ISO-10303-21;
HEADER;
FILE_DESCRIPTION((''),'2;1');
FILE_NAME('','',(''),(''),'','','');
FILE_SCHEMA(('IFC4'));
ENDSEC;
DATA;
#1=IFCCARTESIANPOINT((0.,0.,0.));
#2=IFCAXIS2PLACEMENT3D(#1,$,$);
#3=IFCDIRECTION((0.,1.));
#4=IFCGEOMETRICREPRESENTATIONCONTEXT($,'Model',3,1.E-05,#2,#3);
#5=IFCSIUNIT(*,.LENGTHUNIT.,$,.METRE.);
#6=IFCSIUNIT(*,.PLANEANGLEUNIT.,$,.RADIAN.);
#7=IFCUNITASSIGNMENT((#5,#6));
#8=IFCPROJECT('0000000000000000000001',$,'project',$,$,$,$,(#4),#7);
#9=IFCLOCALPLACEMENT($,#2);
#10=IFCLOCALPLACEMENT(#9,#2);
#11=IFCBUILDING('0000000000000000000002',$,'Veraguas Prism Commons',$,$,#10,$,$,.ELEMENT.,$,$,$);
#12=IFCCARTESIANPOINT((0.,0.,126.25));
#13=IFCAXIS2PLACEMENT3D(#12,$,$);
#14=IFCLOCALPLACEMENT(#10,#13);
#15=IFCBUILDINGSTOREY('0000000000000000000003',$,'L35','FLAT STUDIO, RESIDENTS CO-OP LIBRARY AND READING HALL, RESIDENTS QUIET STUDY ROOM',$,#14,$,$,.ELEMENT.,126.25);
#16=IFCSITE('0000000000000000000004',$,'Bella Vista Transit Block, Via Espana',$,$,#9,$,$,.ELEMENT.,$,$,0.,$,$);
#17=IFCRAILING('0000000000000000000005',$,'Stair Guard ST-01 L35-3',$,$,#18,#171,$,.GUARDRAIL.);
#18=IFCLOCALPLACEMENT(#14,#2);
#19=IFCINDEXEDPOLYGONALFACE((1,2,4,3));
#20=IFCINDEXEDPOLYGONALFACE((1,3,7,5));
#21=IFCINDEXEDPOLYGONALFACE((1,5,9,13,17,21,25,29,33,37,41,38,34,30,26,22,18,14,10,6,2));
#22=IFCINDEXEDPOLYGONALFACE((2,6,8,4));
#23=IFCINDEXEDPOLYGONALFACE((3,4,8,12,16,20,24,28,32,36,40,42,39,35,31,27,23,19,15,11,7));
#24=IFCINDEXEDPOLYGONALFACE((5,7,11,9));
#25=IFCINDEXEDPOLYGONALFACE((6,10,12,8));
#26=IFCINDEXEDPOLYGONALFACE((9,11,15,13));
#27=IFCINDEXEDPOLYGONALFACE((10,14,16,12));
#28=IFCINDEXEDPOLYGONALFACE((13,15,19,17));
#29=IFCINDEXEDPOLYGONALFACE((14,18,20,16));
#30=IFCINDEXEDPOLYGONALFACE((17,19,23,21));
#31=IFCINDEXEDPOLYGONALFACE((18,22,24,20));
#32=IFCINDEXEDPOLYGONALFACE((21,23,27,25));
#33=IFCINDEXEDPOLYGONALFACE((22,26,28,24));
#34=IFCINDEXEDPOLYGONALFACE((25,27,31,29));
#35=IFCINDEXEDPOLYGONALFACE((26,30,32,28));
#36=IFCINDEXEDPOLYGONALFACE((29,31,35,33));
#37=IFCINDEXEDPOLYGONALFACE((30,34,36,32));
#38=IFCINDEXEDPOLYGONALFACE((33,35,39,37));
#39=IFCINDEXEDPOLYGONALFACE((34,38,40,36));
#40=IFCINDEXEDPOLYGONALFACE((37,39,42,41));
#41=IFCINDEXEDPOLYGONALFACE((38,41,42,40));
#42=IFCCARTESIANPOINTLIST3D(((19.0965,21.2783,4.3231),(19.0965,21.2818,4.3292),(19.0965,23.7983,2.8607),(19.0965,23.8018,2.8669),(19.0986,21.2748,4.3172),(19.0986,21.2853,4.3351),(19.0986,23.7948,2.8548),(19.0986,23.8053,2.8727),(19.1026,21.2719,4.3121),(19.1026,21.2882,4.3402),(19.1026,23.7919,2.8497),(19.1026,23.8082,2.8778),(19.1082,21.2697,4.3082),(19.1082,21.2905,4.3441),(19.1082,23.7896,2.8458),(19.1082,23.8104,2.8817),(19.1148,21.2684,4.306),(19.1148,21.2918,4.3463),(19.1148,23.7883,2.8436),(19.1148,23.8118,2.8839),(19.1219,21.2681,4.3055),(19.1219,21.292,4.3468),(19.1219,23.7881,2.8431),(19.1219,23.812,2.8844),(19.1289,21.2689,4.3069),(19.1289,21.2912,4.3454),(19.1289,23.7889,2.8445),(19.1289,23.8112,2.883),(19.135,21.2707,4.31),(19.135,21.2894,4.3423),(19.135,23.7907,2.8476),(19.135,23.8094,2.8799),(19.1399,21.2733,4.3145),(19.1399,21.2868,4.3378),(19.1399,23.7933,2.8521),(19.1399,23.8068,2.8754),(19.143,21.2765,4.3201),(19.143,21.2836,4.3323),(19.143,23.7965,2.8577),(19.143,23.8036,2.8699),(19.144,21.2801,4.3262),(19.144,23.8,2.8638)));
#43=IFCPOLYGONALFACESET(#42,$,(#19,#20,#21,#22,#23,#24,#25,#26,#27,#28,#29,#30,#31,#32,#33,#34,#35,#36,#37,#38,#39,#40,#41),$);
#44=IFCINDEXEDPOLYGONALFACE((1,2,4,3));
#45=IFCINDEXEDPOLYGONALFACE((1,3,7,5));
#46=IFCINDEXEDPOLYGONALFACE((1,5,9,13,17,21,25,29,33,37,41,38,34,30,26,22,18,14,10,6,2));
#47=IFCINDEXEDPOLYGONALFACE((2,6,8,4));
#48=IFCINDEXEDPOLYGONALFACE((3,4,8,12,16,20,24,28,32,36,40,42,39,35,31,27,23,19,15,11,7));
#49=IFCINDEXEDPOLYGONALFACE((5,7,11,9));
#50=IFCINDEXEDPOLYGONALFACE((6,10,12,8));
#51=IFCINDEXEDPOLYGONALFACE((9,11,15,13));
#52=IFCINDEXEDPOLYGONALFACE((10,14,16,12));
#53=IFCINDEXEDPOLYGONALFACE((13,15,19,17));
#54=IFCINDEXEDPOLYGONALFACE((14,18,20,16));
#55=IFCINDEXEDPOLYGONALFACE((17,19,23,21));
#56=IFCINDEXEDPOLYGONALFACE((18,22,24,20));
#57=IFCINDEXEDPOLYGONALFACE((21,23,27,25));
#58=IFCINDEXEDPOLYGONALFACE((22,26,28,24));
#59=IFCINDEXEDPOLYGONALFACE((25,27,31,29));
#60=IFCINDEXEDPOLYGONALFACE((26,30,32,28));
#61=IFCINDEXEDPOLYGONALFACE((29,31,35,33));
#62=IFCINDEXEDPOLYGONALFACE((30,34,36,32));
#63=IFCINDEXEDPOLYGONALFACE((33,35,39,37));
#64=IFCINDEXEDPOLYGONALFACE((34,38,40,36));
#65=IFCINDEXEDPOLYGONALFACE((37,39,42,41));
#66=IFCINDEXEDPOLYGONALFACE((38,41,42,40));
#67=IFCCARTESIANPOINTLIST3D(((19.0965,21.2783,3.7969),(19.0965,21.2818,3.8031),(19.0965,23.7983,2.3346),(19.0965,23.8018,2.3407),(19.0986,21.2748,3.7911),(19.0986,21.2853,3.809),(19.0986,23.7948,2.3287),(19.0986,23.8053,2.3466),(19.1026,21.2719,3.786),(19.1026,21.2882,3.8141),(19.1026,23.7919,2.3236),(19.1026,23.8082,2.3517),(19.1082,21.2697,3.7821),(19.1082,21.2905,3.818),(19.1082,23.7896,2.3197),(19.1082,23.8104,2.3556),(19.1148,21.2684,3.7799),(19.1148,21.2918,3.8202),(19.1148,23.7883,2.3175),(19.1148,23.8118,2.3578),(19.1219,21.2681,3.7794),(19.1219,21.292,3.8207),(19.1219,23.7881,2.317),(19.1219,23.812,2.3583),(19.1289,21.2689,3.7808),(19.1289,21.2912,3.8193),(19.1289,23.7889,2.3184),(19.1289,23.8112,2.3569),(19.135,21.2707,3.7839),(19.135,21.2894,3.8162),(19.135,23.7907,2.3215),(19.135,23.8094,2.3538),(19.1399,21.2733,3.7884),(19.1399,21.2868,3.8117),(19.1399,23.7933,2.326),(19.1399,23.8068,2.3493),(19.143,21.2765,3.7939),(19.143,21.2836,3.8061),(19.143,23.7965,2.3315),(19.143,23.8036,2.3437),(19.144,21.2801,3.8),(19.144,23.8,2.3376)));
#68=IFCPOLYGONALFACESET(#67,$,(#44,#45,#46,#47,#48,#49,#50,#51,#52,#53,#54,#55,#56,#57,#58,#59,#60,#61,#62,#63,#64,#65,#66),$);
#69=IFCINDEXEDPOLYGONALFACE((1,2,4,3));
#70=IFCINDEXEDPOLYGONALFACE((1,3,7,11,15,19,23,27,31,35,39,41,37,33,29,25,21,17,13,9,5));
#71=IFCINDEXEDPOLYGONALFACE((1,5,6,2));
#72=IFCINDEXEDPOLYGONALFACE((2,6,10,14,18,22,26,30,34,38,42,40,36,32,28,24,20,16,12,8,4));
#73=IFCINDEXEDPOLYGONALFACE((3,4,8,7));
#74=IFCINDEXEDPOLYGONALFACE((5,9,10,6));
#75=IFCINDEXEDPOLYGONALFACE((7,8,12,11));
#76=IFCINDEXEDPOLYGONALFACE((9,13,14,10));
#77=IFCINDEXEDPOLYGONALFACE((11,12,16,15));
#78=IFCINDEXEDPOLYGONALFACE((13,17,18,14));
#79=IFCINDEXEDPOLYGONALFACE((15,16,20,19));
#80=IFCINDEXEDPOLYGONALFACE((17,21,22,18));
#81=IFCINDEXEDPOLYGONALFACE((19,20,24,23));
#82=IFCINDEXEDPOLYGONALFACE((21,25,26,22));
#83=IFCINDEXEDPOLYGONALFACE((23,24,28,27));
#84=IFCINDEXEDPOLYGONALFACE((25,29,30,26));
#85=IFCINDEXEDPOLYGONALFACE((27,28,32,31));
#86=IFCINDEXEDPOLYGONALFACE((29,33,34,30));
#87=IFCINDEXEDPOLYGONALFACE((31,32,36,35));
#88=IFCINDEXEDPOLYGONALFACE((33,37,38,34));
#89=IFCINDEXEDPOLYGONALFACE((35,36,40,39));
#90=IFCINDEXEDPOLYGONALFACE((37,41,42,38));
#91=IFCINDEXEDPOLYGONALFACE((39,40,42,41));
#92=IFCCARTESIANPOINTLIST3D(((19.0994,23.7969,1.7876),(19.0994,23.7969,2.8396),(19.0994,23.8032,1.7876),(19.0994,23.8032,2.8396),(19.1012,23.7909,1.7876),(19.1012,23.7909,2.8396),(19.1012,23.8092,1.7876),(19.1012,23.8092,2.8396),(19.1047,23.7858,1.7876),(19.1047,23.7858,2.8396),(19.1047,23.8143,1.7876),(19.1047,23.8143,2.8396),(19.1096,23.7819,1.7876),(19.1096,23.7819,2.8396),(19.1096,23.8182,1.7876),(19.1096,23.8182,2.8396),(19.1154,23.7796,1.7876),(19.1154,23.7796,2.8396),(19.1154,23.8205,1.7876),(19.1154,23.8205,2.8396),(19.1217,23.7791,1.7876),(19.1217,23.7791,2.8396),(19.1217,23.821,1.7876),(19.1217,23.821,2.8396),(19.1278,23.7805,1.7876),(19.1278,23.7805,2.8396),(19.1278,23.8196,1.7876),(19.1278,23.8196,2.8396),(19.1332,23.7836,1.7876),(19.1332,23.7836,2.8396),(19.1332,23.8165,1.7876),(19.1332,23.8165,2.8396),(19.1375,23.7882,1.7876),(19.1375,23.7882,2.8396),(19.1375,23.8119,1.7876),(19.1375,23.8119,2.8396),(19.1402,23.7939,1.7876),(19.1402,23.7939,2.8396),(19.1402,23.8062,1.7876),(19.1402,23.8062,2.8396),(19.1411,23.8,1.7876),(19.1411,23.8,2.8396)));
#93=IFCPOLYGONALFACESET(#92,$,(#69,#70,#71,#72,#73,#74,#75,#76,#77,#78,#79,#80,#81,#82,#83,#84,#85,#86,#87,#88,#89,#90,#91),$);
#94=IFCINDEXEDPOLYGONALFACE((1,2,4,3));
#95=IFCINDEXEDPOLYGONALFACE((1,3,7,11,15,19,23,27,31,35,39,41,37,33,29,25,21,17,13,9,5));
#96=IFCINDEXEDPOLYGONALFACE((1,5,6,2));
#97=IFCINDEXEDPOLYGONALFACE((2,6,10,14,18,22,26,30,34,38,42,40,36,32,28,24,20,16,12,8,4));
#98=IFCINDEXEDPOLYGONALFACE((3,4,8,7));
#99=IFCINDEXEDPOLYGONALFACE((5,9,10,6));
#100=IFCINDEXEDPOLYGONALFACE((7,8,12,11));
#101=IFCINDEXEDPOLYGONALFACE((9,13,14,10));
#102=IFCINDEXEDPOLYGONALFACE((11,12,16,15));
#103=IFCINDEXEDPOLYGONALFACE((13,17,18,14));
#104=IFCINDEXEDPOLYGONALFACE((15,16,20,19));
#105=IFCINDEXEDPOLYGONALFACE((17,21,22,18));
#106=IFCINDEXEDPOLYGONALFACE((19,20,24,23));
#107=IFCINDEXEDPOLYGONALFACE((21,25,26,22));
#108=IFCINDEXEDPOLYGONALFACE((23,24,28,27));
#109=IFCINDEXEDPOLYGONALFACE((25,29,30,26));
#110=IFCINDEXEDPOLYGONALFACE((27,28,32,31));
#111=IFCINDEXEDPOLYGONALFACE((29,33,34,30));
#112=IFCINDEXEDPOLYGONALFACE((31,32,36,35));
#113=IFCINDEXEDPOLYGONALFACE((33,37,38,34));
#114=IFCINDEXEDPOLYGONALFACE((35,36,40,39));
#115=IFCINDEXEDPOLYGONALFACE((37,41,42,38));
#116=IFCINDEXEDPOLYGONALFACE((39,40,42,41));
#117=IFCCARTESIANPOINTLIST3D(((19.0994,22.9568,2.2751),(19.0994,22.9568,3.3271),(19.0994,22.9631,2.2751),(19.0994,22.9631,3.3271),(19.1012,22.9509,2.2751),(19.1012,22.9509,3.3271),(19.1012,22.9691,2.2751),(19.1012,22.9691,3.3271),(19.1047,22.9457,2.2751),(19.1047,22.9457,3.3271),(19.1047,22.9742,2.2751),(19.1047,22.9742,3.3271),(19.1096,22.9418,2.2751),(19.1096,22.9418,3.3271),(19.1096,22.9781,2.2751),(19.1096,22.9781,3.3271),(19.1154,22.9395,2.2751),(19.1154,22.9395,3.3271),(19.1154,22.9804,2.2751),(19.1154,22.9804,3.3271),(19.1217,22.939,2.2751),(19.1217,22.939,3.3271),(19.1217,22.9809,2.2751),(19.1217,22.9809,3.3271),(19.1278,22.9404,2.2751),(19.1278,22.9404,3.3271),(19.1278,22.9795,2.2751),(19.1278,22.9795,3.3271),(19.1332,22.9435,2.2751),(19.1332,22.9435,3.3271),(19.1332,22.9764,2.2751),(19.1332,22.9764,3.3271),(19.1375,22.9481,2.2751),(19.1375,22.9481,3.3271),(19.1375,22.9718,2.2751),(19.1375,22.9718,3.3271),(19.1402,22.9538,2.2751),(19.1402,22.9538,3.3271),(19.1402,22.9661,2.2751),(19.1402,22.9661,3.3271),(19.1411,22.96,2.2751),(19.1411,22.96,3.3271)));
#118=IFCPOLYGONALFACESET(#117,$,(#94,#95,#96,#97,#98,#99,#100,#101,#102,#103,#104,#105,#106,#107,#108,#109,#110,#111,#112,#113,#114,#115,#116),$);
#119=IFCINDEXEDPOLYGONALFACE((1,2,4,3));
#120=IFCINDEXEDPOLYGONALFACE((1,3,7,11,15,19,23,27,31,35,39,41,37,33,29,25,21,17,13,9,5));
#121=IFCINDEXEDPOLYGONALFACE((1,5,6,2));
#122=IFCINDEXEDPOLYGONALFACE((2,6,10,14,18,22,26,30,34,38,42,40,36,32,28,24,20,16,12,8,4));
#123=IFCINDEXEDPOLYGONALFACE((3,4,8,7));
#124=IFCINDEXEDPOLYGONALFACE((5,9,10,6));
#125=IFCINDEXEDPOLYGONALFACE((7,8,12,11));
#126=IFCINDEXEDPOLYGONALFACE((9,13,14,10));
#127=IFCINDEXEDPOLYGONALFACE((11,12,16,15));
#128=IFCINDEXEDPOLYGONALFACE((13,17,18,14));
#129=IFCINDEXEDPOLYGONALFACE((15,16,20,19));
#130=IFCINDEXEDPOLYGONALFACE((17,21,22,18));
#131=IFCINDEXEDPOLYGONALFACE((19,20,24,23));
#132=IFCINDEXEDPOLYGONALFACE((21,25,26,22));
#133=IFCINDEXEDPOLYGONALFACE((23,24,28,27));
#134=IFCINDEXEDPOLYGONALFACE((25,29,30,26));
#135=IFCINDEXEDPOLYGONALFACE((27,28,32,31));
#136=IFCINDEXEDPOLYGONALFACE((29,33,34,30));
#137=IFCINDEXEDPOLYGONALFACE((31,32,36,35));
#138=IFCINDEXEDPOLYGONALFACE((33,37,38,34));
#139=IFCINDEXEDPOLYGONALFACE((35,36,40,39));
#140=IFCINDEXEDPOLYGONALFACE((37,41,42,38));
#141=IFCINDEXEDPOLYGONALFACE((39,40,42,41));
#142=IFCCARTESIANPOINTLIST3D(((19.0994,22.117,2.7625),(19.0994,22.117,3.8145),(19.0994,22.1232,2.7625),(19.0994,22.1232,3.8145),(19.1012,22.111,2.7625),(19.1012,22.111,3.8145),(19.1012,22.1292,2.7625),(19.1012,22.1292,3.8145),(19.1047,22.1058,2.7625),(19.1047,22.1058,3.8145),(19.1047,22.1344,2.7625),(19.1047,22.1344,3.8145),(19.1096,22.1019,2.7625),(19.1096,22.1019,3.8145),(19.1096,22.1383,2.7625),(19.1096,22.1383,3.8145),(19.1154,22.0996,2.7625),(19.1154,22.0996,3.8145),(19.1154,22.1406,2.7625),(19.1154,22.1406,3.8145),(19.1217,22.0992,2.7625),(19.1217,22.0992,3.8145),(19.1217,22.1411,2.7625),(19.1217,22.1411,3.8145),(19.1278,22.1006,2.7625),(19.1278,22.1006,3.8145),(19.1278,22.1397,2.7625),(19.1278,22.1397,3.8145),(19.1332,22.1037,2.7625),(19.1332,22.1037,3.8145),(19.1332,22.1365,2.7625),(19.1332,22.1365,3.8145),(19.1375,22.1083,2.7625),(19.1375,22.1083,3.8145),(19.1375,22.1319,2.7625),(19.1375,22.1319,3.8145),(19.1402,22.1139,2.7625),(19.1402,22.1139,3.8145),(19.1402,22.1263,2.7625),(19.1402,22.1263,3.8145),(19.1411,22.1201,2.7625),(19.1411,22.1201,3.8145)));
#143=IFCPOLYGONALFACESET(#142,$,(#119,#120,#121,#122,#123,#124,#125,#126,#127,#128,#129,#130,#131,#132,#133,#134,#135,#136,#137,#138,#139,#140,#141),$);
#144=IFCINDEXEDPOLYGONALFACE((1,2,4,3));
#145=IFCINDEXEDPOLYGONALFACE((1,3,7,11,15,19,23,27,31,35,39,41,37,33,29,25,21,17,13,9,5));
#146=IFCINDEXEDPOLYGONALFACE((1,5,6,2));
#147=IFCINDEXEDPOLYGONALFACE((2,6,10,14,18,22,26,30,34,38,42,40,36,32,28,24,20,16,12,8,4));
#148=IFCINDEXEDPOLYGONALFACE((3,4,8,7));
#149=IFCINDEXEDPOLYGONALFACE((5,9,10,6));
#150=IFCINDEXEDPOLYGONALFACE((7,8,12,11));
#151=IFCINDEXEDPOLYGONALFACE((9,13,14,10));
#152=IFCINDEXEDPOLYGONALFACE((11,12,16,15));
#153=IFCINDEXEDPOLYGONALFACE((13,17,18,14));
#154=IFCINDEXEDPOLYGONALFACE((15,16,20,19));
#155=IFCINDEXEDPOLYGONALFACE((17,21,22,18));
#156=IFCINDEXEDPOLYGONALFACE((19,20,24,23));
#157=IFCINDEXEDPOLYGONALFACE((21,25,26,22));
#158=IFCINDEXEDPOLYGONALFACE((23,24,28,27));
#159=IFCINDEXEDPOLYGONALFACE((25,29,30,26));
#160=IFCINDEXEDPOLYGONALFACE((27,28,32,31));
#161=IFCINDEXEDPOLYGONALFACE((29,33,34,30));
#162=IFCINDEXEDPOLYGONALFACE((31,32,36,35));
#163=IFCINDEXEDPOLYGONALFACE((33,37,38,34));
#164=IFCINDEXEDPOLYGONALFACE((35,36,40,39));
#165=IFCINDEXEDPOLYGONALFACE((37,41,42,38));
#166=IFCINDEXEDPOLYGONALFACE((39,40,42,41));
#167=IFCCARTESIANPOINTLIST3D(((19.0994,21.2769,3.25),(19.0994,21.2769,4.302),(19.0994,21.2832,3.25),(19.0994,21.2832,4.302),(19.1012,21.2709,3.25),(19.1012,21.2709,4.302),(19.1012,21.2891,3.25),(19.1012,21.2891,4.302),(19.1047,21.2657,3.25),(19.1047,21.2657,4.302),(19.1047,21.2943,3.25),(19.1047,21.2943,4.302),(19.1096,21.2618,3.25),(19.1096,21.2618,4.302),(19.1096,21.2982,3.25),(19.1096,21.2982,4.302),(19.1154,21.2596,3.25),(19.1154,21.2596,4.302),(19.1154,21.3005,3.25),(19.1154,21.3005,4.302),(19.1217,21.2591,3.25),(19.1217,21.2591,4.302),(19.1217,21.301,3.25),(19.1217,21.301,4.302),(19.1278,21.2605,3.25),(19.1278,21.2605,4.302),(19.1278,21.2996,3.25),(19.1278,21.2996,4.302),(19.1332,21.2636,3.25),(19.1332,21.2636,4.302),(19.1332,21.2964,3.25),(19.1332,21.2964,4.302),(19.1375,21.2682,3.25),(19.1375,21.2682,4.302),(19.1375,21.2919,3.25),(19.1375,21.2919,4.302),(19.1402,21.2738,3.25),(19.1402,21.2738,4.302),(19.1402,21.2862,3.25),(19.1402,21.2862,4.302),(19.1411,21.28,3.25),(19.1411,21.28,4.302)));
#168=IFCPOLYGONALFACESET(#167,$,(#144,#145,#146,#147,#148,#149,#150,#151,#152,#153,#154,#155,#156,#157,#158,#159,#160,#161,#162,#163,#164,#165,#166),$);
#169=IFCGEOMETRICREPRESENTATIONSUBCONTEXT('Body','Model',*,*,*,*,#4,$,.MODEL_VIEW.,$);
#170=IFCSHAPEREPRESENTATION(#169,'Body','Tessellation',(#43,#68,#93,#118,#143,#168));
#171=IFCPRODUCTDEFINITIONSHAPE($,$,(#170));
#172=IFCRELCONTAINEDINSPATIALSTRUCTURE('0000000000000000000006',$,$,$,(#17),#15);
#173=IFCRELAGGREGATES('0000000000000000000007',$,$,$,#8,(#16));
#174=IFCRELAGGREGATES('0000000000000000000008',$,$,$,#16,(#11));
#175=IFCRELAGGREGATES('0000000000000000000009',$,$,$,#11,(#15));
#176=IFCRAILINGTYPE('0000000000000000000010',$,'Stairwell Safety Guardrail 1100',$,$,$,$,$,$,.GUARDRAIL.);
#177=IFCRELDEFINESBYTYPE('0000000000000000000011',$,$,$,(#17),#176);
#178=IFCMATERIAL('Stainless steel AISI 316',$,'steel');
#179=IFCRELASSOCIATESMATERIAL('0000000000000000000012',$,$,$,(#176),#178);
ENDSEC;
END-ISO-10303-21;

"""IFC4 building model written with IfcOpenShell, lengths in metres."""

from ifc_helpers import new_model, si_unit, direction, frame, origin, origin_2d, place, context, subcontext, project, spatial, circle, extrude, material, type_object, element, save


model = new_model("IFC4")

# Units and contexts
model_context = context("Model", 3, precision=1e-05, world=origin(), true_north=direction((0.0, 1.0)))
body_context = subcontext(model_context, "Body", "Model", "MODEL_VIEW")
ifc_project = project(units=[si_unit("LENGTHUNIT", "METRE"), si_unit("PLANEANGLEUNIT", "RADIAN")], contexts=[model_context])

# Site, building, storey
site_placement = place(None, origin())
site = spatial("IfcSite", under=ifc_project, at=site_placement, Name="Bella Vista Transit Block, Via Espana", CompositionType="ELEMENT", RefElevation=0.0)
building_placement = place(site_placement, origin())
building = spatial("IfcBuilding", under=site, at=building_placement, Name="Veraguas Prism Commons", CompositionType="ELEMENT")
storey_placement = place(building_placement, frame((0.0, 0.0, 126.25)))
storey = spatial("IfcBuildingStorey", under=building, at=storey_placement, Name="L35", Description="FLAT STUDIO, RESIDENTS CO-OP LIBRARY AND READING HALL, RESIDENTS QUIET STUDY ROOM", CompositionType="ELEMENT", Elevation=126.25)

# Railing
ifc_material_1 = material(Name="Stainless steel AISI 316", Category="steel")
railing_type_1 = type_object("IfcRailingType", Name="Stairwell Safety Guardrail 1100", PredefinedType="GUARDRAIL", material=ifc_material_1)
railing_1_placement = place(storey_placement, frame((19.1201, 23.8, 1.7876)))
element("IfcRailing", 1, at=railing_1_placement, inside=storey, type_object=railing_type_1, Name="Stair Guard ST-01 L35-3", PredefinedType="GUARDRAIL", context=body_context, shape_type="SweptSolid", body=[
    extrude(circle(Radius=0.0239, at=origin_2d()), frame((0.0, 0.0, 1.0762), z_axis=(0.0, -0.864913, 0.501921), x_axis=(1.0, 0.0, 0.0)), (0.0, 0.0, 1.0), 2.9136),
    extrude(circle(Radius=0.0239, at=origin_2d()), frame((0.0, 0.0, 0.55), z_axis=(0.0, -0.864913, 0.501921), x_axis=(1.0, 0.0, 0.0)), (0.0, 0.0, 1.0), 2.9136),
    extrude(circle(Radius=0.021, at=origin_2d()), origin(), (0.0, 0.0, 1.0), 1.052),
    extrude(circle(Radius=0.021, at=origin_2d()), frame((0.0, -0.8401, 0.4875)), (0.0, 0.0, 1.0), 1.052),
    extrude(circle(Radius=0.021, at=origin_2d()), frame((0.0, -1.6799, 0.9749)), (0.0, 0.0, 1.0), 1.052),
    extrude(circle(Radius=0.021, at=origin_2d()), frame((0.0, -2.52, 1.4624)), (0.0, 0.0, 1.0), 1.052),
])

save(model, "model.ifc")
